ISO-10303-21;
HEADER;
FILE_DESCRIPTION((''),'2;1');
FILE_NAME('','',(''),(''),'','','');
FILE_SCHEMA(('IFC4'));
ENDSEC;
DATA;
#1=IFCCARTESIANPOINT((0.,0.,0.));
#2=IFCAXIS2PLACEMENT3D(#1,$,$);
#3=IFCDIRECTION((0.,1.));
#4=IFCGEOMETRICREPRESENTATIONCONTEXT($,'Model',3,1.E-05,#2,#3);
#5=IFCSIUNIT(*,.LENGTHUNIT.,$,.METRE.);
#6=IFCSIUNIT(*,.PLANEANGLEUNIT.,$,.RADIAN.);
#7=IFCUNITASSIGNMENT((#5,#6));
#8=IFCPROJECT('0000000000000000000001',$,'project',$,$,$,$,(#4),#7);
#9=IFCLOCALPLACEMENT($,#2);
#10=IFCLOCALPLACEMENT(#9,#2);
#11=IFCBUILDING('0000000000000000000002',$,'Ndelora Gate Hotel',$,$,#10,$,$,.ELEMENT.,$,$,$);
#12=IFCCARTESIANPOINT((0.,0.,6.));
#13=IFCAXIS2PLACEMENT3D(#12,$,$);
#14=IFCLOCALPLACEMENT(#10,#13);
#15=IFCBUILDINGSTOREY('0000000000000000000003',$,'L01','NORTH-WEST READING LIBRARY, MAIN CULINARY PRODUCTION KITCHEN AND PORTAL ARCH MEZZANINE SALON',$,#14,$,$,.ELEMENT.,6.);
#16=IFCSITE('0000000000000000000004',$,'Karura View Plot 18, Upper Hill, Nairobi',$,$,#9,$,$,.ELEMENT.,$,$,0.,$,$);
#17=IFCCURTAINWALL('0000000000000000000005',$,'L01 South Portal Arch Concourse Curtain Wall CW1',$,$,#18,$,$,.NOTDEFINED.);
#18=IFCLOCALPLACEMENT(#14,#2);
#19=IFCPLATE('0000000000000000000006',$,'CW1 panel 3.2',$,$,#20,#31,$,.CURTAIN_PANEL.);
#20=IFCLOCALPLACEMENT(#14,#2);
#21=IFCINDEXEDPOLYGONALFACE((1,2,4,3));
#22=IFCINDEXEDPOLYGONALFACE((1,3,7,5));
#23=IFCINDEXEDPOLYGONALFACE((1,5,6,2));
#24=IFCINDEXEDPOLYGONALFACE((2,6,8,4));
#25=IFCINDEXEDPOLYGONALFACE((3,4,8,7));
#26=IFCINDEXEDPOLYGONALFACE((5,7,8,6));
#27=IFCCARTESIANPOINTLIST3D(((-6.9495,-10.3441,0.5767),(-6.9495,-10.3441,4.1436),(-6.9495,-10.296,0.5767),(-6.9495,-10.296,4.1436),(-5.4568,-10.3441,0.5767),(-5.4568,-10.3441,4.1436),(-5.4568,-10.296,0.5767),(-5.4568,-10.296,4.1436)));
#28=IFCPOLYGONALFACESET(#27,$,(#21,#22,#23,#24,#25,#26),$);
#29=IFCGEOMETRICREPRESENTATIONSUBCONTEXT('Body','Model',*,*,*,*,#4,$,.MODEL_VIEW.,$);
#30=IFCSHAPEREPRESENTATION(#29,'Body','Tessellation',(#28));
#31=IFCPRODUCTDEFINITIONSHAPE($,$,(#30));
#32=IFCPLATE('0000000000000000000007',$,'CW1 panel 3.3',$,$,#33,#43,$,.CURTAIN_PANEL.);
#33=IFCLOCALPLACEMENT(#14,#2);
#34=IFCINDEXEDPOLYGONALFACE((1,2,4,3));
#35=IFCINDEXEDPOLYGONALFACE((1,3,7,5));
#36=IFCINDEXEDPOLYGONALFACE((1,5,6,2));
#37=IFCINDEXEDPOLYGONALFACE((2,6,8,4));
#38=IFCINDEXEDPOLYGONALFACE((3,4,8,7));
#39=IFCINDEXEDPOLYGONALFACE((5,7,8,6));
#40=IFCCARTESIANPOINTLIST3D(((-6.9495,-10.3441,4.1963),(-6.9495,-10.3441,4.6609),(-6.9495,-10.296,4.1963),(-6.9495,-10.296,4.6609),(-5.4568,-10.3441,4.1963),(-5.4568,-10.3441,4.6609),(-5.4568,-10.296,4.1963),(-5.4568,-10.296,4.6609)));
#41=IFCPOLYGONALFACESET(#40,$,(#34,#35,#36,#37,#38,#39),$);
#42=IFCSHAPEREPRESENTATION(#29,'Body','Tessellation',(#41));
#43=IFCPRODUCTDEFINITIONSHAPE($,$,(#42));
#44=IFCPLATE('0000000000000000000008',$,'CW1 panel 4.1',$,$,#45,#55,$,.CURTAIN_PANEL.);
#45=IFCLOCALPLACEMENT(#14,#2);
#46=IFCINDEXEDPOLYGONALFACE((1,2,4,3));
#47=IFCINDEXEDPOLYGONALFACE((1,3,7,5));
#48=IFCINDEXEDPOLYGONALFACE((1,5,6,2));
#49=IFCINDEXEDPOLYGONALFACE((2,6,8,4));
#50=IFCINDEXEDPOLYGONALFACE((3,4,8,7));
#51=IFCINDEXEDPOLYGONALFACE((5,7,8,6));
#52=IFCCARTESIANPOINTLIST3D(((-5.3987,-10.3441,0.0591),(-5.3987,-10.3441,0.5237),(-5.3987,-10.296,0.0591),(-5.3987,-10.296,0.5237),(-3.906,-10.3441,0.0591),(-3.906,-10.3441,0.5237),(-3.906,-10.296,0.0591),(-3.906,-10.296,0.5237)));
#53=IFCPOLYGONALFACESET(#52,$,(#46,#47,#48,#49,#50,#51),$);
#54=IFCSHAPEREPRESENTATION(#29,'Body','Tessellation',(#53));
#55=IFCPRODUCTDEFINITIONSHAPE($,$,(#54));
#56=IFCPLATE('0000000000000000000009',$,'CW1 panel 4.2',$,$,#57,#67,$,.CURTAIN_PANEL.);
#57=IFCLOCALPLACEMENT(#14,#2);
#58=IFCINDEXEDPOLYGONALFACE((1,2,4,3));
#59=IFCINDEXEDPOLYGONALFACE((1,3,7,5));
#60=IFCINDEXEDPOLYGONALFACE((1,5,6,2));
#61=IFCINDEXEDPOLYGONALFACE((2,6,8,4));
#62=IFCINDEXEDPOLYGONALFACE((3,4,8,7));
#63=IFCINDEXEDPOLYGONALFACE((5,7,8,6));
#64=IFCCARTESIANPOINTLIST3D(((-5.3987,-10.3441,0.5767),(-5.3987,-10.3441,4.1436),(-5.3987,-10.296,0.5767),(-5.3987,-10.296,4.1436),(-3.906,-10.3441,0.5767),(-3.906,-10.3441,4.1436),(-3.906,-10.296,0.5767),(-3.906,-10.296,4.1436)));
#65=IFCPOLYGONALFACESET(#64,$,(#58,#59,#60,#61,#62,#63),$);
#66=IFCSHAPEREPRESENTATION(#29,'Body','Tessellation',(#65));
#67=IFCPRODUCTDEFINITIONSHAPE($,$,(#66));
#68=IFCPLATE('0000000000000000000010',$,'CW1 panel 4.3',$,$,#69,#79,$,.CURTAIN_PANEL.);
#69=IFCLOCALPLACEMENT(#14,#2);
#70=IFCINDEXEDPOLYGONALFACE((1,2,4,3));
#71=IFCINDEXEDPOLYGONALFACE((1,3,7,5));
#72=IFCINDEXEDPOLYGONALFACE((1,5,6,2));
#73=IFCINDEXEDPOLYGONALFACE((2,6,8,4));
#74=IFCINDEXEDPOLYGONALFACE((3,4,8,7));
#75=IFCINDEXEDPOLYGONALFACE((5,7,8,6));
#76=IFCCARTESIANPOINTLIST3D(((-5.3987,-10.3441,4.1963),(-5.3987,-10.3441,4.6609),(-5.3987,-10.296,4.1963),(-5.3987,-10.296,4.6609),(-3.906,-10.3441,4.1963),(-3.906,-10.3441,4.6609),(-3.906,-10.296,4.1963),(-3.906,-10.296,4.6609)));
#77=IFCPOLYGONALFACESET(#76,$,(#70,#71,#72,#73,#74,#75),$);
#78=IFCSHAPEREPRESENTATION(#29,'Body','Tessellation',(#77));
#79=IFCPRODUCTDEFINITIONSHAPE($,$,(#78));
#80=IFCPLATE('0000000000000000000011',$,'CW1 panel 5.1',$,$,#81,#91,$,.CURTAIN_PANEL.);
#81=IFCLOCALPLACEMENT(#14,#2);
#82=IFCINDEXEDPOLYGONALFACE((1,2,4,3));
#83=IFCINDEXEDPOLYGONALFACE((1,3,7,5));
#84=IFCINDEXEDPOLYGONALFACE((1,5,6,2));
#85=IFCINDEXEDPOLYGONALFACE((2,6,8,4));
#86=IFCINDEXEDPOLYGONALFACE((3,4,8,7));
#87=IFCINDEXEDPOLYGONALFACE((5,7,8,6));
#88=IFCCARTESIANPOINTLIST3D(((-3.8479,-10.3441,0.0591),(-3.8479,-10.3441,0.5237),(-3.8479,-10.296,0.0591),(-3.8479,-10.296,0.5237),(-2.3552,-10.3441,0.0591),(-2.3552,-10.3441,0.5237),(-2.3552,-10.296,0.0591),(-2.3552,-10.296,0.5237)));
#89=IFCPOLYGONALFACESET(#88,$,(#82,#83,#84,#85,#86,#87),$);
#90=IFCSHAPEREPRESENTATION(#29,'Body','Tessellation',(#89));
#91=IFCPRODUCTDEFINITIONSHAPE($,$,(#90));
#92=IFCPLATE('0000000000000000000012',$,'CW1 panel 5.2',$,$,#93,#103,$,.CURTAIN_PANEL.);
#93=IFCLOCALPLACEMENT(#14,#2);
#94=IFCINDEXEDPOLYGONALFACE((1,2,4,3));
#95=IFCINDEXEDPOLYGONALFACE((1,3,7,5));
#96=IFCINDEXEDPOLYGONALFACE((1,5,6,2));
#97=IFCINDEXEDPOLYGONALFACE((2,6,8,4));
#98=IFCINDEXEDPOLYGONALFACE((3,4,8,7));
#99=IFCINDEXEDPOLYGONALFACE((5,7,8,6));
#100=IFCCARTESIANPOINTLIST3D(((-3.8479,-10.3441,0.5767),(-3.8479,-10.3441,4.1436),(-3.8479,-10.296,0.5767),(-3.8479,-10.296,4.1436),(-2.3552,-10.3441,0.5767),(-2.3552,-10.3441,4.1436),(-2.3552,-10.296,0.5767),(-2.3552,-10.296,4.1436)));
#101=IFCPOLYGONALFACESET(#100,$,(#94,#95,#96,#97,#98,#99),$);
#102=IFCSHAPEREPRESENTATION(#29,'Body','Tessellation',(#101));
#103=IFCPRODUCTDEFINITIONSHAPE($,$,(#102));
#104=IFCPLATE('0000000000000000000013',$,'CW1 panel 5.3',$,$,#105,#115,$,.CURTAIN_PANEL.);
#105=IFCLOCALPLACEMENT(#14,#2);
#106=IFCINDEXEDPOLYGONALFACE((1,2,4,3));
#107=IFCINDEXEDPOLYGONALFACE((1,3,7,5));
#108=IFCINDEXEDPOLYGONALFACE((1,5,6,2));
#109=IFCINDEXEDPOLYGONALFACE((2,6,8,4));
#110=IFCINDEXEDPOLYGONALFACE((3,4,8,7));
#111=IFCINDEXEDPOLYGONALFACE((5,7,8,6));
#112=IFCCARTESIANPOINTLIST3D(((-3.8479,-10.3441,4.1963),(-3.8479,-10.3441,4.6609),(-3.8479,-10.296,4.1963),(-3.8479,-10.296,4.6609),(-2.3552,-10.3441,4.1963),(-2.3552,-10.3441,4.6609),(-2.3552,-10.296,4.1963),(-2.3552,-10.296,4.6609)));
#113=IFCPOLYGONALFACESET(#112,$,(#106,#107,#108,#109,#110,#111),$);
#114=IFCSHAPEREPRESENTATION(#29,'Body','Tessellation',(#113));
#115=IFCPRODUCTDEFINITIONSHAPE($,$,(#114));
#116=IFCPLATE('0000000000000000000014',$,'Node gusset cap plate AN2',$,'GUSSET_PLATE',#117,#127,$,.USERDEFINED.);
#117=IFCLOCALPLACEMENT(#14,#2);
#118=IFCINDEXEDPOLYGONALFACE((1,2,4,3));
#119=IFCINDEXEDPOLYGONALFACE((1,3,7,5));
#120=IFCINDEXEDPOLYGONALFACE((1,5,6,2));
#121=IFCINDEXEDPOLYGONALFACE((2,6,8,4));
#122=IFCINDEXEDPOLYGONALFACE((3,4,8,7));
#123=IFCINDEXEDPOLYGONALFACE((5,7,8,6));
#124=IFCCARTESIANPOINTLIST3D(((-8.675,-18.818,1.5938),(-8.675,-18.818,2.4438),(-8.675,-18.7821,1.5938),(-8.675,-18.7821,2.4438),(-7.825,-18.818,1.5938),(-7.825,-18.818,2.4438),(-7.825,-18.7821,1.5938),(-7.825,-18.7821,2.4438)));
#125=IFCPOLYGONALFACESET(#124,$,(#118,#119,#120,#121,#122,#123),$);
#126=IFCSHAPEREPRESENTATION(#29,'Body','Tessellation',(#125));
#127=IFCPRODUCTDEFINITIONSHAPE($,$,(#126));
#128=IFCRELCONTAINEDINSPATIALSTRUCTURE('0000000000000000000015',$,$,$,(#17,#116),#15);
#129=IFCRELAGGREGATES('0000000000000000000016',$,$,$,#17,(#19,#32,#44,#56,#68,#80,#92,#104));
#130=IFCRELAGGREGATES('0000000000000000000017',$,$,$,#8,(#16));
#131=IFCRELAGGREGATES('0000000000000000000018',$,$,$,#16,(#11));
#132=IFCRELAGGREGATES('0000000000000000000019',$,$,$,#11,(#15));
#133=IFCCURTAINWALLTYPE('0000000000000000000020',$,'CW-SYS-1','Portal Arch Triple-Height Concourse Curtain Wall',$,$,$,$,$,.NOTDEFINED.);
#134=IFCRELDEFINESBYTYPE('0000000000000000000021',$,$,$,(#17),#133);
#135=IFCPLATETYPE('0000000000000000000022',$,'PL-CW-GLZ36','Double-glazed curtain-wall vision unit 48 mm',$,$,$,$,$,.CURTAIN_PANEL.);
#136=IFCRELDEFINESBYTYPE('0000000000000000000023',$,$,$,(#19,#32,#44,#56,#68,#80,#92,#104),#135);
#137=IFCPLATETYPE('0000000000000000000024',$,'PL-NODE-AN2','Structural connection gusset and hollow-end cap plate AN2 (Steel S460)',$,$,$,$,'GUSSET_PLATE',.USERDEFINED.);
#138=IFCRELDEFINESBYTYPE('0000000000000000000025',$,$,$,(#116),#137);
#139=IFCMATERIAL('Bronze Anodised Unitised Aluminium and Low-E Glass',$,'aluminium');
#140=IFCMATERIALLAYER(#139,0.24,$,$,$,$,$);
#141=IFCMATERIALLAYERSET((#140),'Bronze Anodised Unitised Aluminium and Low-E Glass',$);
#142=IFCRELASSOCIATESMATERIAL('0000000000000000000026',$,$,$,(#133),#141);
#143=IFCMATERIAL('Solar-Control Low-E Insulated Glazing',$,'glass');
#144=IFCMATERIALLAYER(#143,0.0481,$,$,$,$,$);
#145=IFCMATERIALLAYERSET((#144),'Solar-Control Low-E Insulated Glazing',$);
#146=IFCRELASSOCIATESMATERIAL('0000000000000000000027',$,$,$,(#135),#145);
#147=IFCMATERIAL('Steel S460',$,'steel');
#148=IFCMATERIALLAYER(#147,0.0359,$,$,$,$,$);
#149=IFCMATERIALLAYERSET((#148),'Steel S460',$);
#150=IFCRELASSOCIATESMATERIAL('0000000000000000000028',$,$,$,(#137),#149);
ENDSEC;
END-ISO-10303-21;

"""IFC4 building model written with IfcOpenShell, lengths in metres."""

from ifc_helpers import new_model, si_unit, direction, frame, origin, origin_2d, place, context, subcontext, project, spatial, rectangle, extrude, material, layer, layer_set, type_object, element, aggregate, save


model = new_model("IFC4")

# Units and contexts
model_context = context("Model", 3, precision=1e-05, world=origin(), true_north=direction((0.0, 1.0)))
body_context = subcontext(model_context, "Body", "Model", "MODEL_VIEW")
ifc_project = project(units=[si_unit("LENGTHUNIT", "METRE"), si_unit("PLANEANGLEUNIT", "RADIAN")], contexts=[model_context])

# Site, building, storey
site_placement = place(None, origin())
site = spatial("IfcSite", under=ifc_project, at=site_placement, Name="Karura View Plot 18, Upper Hill, Nairobi", CompositionType="ELEMENT", RefElevation=0.0)
building_placement = place(site_placement, origin())
building = spatial("IfcBuilding", under=site, at=building_placement, Name="Ndelora Gate Hotel", CompositionType="ELEMENT")
storey_placement = place(building_placement, frame((0.0, 0.0, 6.0)))
storey = spatial("IfcBuildingStorey", under=building, at=storey_placement, Name="L01", Description="NORTH-WEST READING LIBRARY, MAIN CULINARY PRODUCTION KITCHEN AND PORTAL ARCH MEZZANINE SALON", CompositionType="ELEMENT", Elevation=6.0)

# Shared definitions
ifc_material_1 = material(Name="Steel S460", Category="steel")

# Curtain wall, plates
ifc_material_2 = material(Name="Bronze Anodised Unitised Aluminium and Low-E Glass", Category="aluminium")
ifc_layer_1 = layer(ifc_material_2, 0.24)
ifc_layer_set_1 = layer_set([ifc_layer_1], Name="Bronze Anodised Unitised Aluminium and Low-E Glass")
curtain_wall_type = type_object("IfcCurtainWallType", Name="CW-SYS-1", Description="Portal Arch Triple-Height Concourse Curtain Wall", PredefinedType="NOTDEFINED", material=ifc_layer_set_1)
curtain_wall_placement = place(storey_placement, origin())
curtain_wall = element("IfcCurtainWall", 1, at=curtain_wall_placement, inside=storey, type_object=curtain_wall_type, Name="L01 South Portal Arch Concourse Curtain Wall CW1", PredefinedType="NOTDEFINED")
ifc_material_3 = material(Name="Solar-Control Low-E Insulated Glazing", Category="glass")
ifc_layer_2 = layer(ifc_material_3, 0.0481)
ifc_layer_set_2 = layer_set([ifc_layer_2], Name="Solar-Control Low-E Insulated Glazing")
plate_type_1 = type_object("IfcPlateType", Name="PL-CW-GLZ36", Description="Double-glazed curtain-wall vision unit 48 mm", PredefinedType="CURTAIN_PANEL", material=ifc_layer_set_2)
plate_1_placement = place(storey_placement, frame((-6.2031, -10.3201, 0.5767), z_axis=(0.0, 0.0, 1.0), x_axis=(1.0, 0.0, 0.0)))
plate_1 = element("IfcPlate", 2, at=plate_1_placement, type_object=plate_type_1, Name="CW1 panel 3.2", PredefinedType="CURTAIN_PANEL", context=body_context, shape_type="SweptSolid", body=[
    extrude(rectangle(XDim=1.4927, YDim=0.0481, at=origin_2d()), origin(), (0.0, 0.0, 1.0), 3.5669),
])
plate_2_placement = place(storey_placement, frame((-6.2031, -10.3201, 4.1963), z_axis=(0.0, 0.0, 1.0), x_axis=(1.0, 0.0, 0.0)))
plate_2 = element("IfcPlate", 3, at=plate_2_placement, type_object=plate_type_1, Name="CW1 panel 3.3", PredefinedType="CURTAIN_PANEL", context=body_context, shape_type="SweptSolid", body=[
    extrude(rectangle(XDim=1.4927, YDim=0.0481, at=origin_2d()), origin(), (0.0, 0.0, 1.0), 0.4646),
])
plate_3_placement = place(storey_placement, frame((-4.6523, -10.3201, 0.0591), z_axis=(0.0, 0.0, 1.0), x_axis=(1.0, 0.0, 0.0)))
plate_3 = element("IfcPlate", 4, at=plate_3_placement, type_object=plate_type_1, Name="CW1 panel 4.1", PredefinedType="CURTAIN_PANEL", context=body_context, shape_type="SweptSolid", body=[
    extrude(rectangle(XDim=1.4927, YDim=0.0481, at=origin_2d()), origin(), (0.0, 0.0, 1.0), 0.4646),
])
plate_4_placement = place(storey_placement, frame((-4.6523, -10.3201, 0.5767), z_axis=(0.0, 0.0, 1.0), x_axis=(1.0, 0.0, 0.0)))
plate_4 = element("IfcPlate", 5, at=plate_4_placement, type_object=plate_type_1, Name="CW1 panel 4.2", PredefinedType="CURTAIN_PANEL", context=body_context, shape_type="SweptSolid", body=[
    extrude(rectangle(XDim=1.4927, YDim=0.0481, at=origin_2d()), origin(), (0.0, 0.0, 1.0), 3.5669),
])
plate_5_placement = place(storey_placement, frame((-4.6523, -10.3201, 4.1963), z_axis=(0.0, 0.0, 1.0), x_axis=(1.0, 0.0, 0.0)))
plate_5 = element("IfcPlate", 6, at=plate_5_placement, type_object=plate_type_1, Name="CW1 panel 4.3", PredefinedType="CURTAIN_PANEL", context=body_context, shape_type="SweptSolid", body=[
    extrude(rectangle(XDim=1.4927, YDim=0.0481, at=origin_2d()), origin(), (0.0, 0.0, 1.0), 0.4646),
])
plate_6_placement = place(storey_placement, frame((-3.1016, -10.3201, 0.0591), z_axis=(0.0, 0.0, 1.0), x_axis=(1.0, 0.0, 0.0)))
plate_6 = element("IfcPlate", 7, at=plate_6_placement, type_object=plate_type_1, Name="CW1 panel 5.1", PredefinedType="CURTAIN_PANEL", context=body_context, shape_type="SweptSolid", body=[
    extrude(rectangle(XDim=1.4927, YDim=0.0481, at=origin_2d()), origin(), (0.0, 0.0, 1.0), 0.4646),
])
plate_7_placement = place(storey_placement, frame((-3.1016, -10.3201, 0.5767), z_axis=(0.0, 0.0, 1.0), x_axis=(1.0, 0.0, 0.0)))
plate_7 = element("IfcPlate", 8, at=plate_7_placement, type_object=plate_type_1, Name="CW1 panel 5.2", PredefinedType="CURTAIN_PANEL", context=body_context, shape_type="SweptSolid", body=[
    extrude(rectangle(XDim=1.4927, YDim=0.0481, at=origin_2d()), origin(), (0.0, 0.0, 1.0), 3.5669),
])
plate_8_placement = place(storey_placement, frame((-3.1016, -10.3201, 4.1963), z_axis=(0.0, 0.0, 1.0), x_axis=(1.0, 0.0, 0.0)))
plate_8 = element("IfcPlate", 9, at=plate_8_placement, type_object=plate_type_1, Name="CW1 panel 5.3", PredefinedType="CURTAIN_PANEL", context=body_context, shape_type="SweptSolid", body=[
    extrude(rectangle(XDim=1.4927, YDim=0.0481, at=origin_2d()), origin(), (0.0, 0.0, 1.0), 0.4646),
])
aggregate(curtain_wall, [plate_1, plate_2, plate_3, plate_4, plate_5, plate_6, plate_7, plate_8])

# Plate
ifc_layer_3 = layer(ifc_material_1, 0.0359)
ifc_layer_set_3 = layer_set([ifc_layer_3], Name="Steel S460")
plate_type_2 = type_object("IfcPlateType", Name="PL-NODE-AN2", Description="Structural connection gusset and hollow-end cap plate AN2 (Steel S460)", ElementType="GUSSET_PLATE", PredefinedType="USERDEFINED", material=ifc_layer_set_3)
plate_9_placement = place(storey_placement, frame((-8.25, -18.8, 1.5938), z_axis=(0.0, 0.0, 1.0), x_axis=(1.0, 0.0, 0.0)))
element("IfcPlate", 10, at=plate_9_placement, inside=storey, type_object=plate_type_2, Name="Node gusset cap plate AN2", ObjectType="GUSSET_PLATE", PredefinedType="USERDEFINED", context=body_context, shape_type="SweptSolid", body=[
    extrude(rectangle(XDim=0.8501, YDim=0.0359, at=origin_2d()), origin(), (0.0, 0.0, 1.0), 0.8501),
])

save(model, "model.ifc")
